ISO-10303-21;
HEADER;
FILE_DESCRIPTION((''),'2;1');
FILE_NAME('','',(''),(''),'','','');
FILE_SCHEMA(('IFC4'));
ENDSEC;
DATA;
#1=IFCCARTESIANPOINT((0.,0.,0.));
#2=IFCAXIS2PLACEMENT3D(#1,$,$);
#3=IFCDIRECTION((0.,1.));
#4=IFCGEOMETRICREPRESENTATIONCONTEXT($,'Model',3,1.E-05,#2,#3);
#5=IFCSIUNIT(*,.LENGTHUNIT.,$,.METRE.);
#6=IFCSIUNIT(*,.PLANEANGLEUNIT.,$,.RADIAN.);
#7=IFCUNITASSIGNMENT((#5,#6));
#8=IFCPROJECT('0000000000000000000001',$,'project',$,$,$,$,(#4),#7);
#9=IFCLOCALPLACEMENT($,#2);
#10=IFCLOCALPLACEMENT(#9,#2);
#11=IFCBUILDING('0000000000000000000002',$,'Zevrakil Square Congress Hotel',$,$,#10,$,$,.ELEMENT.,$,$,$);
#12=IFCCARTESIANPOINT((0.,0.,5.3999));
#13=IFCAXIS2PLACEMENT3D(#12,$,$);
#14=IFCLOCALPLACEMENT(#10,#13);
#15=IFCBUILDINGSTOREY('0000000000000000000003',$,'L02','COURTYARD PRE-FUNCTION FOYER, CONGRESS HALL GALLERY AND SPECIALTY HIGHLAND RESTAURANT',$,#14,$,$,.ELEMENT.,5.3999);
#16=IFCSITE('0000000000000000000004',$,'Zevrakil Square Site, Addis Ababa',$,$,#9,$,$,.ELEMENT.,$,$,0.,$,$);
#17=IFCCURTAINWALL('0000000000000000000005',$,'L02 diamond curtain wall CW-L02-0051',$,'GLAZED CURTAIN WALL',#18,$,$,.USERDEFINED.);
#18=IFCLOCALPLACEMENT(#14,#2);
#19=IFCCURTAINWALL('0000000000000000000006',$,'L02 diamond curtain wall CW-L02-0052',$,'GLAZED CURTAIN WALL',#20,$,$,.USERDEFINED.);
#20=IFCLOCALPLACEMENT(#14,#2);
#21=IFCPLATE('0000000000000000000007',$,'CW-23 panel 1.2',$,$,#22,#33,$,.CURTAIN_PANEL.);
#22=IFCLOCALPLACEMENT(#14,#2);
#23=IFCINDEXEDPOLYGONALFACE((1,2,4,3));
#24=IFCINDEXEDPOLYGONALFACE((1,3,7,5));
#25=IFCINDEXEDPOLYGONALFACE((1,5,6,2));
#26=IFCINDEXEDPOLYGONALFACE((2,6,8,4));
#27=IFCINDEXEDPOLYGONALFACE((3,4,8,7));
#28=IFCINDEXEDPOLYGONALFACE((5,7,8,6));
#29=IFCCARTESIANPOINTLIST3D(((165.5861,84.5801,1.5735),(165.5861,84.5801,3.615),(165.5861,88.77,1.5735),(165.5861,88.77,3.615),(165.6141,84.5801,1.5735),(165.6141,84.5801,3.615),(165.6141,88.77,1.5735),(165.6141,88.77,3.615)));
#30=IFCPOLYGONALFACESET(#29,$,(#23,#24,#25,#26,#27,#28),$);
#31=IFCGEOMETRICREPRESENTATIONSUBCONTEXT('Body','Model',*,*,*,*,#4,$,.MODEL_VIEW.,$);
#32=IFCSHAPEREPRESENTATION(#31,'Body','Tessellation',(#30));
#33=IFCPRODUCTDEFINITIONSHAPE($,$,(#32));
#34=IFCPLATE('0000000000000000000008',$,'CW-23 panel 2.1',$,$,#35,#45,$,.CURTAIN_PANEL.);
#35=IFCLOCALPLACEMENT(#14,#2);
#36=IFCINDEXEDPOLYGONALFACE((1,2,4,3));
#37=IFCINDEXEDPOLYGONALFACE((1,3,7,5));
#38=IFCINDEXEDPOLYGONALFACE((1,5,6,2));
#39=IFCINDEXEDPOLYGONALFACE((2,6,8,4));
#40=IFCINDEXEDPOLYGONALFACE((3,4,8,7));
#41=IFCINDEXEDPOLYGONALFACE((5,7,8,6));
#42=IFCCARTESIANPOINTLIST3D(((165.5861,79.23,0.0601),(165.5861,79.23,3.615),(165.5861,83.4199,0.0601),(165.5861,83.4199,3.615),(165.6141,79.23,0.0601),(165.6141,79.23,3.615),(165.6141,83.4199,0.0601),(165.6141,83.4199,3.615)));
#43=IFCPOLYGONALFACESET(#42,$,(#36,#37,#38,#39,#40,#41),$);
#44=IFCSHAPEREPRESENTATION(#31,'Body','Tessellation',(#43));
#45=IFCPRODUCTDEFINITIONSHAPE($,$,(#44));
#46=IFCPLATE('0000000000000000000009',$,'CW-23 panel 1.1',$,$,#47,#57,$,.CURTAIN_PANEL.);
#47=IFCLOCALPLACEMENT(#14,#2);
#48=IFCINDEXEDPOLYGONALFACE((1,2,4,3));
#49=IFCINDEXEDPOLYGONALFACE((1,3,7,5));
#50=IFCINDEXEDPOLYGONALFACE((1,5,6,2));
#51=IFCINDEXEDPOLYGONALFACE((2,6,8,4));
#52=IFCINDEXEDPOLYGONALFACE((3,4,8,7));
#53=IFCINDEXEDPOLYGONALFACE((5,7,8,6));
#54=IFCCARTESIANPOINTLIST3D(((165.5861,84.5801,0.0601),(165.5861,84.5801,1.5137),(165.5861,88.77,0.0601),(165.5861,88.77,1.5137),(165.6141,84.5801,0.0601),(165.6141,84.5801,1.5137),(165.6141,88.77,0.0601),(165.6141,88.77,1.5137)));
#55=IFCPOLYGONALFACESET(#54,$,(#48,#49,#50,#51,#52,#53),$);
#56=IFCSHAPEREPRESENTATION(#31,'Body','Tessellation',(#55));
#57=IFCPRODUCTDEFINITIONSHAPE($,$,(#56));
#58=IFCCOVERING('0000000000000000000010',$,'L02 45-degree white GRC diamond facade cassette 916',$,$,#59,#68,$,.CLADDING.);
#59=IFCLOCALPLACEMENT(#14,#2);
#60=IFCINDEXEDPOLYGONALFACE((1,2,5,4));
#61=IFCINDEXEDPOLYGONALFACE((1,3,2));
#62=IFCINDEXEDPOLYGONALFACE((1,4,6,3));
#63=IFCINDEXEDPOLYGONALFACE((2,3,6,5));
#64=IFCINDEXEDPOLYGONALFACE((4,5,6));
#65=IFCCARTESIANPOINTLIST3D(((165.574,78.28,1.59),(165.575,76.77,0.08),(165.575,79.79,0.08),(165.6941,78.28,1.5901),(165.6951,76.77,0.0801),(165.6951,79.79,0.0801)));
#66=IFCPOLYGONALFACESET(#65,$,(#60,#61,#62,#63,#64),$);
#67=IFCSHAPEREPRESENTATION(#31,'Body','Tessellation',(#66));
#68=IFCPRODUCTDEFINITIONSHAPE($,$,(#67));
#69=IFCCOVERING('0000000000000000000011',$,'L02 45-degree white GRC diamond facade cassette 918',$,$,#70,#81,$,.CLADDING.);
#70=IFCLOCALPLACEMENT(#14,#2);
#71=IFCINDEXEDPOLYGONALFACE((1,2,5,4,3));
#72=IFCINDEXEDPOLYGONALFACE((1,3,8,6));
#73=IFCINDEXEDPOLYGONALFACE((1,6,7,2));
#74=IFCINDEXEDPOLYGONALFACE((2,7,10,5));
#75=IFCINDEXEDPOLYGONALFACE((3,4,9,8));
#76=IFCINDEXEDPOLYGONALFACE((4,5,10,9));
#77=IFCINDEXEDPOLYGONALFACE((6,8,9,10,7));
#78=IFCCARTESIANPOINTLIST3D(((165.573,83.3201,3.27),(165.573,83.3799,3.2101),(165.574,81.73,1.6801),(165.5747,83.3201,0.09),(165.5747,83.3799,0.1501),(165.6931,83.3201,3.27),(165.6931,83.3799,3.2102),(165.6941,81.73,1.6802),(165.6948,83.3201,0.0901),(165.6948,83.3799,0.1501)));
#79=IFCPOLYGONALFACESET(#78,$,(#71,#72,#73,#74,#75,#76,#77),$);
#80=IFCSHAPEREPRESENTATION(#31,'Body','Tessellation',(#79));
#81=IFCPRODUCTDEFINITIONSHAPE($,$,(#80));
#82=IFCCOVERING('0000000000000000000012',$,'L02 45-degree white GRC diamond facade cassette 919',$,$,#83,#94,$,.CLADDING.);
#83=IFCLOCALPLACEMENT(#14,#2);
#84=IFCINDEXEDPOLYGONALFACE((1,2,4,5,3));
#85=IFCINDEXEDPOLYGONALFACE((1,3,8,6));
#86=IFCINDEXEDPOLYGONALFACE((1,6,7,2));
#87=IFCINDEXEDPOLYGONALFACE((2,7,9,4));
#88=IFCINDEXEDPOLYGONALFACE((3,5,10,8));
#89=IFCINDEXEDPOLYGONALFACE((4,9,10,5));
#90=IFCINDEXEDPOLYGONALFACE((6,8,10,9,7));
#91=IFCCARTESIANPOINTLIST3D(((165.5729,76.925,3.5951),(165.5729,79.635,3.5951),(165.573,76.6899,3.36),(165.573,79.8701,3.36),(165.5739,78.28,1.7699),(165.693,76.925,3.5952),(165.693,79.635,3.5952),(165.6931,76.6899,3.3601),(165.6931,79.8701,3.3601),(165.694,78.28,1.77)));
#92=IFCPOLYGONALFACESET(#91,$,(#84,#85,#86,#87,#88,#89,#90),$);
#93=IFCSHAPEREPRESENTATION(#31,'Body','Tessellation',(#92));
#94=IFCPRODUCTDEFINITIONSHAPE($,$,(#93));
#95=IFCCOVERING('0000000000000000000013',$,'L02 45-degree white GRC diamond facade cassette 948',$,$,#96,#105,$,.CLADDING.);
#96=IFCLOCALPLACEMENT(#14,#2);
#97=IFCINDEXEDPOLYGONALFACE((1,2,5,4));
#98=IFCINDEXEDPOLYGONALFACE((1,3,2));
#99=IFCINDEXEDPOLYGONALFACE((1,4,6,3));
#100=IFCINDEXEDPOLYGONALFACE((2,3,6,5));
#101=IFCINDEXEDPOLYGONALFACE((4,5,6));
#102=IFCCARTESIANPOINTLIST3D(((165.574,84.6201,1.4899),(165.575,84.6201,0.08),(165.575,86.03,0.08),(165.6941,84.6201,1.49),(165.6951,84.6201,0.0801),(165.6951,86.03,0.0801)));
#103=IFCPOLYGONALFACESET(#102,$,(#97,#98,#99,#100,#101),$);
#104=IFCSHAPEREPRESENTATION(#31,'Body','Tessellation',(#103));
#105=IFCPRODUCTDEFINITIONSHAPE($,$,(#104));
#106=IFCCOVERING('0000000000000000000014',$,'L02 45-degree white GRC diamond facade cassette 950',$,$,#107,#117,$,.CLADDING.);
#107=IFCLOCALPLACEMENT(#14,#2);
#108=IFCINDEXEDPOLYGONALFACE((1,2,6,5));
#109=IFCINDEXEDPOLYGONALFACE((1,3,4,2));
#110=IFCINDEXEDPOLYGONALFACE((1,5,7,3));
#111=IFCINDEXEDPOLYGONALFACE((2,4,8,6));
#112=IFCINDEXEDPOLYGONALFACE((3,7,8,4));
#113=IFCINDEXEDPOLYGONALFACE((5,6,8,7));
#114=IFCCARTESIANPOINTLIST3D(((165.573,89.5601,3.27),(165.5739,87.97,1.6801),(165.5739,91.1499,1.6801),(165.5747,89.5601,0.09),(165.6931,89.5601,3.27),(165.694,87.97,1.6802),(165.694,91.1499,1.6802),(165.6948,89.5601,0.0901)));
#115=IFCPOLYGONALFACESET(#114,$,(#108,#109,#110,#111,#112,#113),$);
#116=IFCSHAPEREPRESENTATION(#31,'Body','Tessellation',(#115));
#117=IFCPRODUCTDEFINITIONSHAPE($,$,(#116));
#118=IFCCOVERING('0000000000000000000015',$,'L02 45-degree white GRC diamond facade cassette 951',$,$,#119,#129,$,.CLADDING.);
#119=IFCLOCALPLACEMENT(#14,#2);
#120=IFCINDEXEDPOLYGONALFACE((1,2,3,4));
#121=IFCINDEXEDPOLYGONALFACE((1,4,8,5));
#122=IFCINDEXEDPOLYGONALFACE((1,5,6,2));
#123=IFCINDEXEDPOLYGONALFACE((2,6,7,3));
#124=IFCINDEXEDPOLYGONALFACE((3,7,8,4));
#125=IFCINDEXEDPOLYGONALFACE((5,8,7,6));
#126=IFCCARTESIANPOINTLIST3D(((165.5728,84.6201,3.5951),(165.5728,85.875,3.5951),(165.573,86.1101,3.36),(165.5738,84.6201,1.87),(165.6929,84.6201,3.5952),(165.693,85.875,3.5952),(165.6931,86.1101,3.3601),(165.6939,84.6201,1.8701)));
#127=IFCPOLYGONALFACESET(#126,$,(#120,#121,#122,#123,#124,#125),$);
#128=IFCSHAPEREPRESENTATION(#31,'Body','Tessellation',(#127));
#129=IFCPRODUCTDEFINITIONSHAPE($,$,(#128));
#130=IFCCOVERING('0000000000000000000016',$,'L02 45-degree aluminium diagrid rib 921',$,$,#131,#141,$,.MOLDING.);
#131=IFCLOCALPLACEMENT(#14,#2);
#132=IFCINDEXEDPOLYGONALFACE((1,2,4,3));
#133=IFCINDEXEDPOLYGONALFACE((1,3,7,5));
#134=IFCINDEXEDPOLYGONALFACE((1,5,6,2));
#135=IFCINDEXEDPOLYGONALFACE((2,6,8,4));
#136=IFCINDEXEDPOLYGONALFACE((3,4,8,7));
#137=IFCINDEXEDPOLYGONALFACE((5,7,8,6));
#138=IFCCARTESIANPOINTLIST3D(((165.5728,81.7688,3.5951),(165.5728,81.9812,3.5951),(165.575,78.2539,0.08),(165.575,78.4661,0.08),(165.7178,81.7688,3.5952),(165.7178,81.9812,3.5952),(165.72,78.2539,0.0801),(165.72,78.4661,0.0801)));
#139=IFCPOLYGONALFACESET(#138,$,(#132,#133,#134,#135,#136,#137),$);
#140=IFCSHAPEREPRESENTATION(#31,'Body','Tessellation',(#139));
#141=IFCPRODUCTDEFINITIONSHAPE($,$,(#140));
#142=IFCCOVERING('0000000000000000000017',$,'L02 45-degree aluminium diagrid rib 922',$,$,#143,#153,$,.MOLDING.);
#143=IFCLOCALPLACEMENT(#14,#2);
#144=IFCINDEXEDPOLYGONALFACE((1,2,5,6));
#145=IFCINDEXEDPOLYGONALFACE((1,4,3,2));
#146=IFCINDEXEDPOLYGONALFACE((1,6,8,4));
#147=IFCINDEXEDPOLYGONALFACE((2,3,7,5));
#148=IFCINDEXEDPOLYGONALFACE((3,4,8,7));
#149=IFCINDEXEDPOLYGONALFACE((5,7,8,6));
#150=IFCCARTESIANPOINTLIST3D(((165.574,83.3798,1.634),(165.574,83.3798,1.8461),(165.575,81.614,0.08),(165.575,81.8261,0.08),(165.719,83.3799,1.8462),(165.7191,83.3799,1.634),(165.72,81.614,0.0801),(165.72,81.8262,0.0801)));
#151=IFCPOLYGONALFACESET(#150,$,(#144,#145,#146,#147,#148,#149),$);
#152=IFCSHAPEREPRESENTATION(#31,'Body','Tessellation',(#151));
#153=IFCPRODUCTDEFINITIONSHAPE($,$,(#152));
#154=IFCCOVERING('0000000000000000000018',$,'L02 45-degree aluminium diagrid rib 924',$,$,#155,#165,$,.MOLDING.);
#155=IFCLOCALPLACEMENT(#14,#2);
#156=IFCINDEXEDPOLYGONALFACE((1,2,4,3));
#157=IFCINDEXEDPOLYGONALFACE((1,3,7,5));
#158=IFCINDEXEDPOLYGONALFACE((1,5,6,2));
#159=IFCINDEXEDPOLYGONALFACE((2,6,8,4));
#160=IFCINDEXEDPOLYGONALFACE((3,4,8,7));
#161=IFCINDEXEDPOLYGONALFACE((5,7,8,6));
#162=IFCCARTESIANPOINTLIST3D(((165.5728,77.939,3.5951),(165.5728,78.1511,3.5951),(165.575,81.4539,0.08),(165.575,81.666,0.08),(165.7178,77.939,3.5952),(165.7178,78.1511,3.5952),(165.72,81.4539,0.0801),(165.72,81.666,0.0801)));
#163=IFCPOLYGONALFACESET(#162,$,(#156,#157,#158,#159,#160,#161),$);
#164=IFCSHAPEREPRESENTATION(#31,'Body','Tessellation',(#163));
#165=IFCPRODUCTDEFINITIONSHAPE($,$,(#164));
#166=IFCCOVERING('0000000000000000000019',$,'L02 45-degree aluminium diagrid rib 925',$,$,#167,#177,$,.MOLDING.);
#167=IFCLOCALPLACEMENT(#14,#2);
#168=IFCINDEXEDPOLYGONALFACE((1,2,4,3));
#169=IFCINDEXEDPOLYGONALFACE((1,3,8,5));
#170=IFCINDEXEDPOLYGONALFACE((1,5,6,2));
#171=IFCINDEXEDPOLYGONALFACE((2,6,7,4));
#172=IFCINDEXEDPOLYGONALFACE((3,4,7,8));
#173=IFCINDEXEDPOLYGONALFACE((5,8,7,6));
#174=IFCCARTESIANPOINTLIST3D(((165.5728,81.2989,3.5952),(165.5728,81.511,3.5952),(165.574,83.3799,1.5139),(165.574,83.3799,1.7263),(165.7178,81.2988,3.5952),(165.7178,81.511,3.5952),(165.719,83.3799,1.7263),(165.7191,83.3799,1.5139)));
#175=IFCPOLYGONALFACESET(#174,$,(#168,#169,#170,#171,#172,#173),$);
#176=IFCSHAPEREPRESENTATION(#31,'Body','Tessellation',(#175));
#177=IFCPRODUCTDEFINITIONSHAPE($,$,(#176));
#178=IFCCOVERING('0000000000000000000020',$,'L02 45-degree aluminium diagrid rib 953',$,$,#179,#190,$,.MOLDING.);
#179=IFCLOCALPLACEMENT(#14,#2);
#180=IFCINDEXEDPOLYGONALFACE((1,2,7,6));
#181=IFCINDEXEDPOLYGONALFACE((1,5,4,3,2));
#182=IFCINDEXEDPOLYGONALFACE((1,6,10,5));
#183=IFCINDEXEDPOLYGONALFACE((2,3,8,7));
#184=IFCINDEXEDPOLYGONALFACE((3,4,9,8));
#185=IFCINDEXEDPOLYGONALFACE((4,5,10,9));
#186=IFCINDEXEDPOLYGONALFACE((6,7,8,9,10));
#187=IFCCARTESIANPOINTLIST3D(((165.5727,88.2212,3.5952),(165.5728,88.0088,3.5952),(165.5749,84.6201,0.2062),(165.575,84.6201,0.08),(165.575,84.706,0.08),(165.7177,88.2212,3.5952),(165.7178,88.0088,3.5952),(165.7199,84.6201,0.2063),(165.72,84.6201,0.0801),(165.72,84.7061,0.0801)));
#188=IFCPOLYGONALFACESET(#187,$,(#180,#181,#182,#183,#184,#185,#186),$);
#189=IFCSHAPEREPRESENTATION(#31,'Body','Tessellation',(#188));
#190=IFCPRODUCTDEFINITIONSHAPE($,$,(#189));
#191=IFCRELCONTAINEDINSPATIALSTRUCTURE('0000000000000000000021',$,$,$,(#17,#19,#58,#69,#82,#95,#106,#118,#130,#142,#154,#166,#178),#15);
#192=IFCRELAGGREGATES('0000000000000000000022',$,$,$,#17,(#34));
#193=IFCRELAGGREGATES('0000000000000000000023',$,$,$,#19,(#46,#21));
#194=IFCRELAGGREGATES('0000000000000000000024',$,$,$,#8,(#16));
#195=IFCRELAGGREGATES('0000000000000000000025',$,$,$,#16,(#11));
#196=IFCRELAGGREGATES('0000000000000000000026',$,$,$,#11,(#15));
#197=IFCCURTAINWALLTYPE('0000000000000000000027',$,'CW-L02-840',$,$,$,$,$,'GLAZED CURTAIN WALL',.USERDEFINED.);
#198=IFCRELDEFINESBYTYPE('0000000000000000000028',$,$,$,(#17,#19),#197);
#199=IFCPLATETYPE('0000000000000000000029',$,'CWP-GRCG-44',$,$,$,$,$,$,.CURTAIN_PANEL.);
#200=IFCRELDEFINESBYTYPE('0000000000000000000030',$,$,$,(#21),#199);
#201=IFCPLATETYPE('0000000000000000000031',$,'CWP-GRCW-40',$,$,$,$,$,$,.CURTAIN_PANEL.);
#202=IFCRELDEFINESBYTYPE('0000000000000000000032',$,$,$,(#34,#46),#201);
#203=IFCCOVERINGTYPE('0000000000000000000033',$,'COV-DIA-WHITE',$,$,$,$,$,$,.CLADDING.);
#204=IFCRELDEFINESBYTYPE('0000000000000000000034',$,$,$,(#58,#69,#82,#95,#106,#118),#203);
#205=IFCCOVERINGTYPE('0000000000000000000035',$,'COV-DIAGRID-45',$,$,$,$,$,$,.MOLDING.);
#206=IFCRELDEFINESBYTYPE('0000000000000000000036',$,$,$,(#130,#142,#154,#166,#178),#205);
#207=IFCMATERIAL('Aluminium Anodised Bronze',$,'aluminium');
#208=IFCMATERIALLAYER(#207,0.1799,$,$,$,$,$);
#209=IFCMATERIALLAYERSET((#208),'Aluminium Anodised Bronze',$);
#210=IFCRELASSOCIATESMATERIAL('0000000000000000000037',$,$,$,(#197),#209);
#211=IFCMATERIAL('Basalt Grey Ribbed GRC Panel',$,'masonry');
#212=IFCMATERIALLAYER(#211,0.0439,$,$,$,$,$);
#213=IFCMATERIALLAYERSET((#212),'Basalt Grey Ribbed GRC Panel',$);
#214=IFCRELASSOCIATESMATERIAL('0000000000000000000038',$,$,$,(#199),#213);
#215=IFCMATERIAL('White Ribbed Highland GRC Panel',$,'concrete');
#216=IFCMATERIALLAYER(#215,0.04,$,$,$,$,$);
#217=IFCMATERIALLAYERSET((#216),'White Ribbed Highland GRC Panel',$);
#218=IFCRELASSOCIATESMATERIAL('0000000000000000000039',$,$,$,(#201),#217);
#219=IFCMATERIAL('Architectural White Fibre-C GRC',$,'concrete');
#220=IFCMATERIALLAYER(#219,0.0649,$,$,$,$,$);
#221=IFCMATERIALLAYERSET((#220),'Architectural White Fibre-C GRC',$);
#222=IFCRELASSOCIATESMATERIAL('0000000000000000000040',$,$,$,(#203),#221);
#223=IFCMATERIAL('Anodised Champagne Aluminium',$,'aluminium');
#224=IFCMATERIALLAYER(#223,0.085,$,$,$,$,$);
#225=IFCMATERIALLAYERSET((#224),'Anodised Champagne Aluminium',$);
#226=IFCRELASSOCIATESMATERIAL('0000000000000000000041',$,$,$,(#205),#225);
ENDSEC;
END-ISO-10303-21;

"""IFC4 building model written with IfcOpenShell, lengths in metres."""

from ifc_helpers import new_model, si_unit, direction, frame, origin, origin_2d, place, context, subcontext, project, spatial, polyline, rectangle, outline, extrude, material, layer, layer_set, type_object, element, aggregate, save


model = new_model("IFC4")

# Units and contexts
model_context = context("Model", 3, precision=1e-05, world=origin(), true_north=direction((0.0, 1.0)))
body_context = subcontext(model_context, "Body", "Model", "MODEL_VIEW")
ifc_project = project(units=[si_unit("LENGTHUNIT", "METRE"), si_unit("PLANEANGLEUNIT", "RADIAN")], contexts=[model_context])

# Site, building, storey
site_placement = place(None, origin())
site = spatial("IfcSite", under=ifc_project, at=site_placement, Name="Zevrakil Square Site, Addis Ababa", CompositionType="ELEMENT", RefElevation=0.0)
building_placement = place(site_placement, origin())
building = spatial("IfcBuilding", under=site, at=building_placement, Name="Zevrakil Square Congress Hotel", CompositionType="ELEMENT")
storey_placement = place(building_placement, frame((0.0, 0.0, 5.3999)))
storey = spatial("IfcBuildingStorey", under=building, at=storey_placement, Name="L02", Description="COURTYARD PRE-FUNCTION FOYER, CONGRESS HALL GALLERY AND SPECIALTY HIGHLAND RESTAURANT", CompositionType="ELEMENT", Elevation=5.3999)

# Curtain walls
ifc_material_1 = material(Name="Aluminium Anodised Bronze", Category="aluminium")
ifc_layer_1 = layer(ifc_material_1, 0.1799)
ifc_layer_set_1 = layer_set([ifc_layer_1], Name="Aluminium Anodised Bronze")
curtain_wall_type = type_object("IfcCurtainWallType", Name="CW-L02-840", ElementType="GLAZED CURTAIN WALL", PredefinedType="USERDEFINED", material=ifc_layer_set_1)
curtain_wall_1_placement = place(storey_placement, origin())
curtain_wall_1 = element("IfcCurtainWall", 1, at=curtain_wall_1_placement, inside=storey, type_object=curtain_wall_type, Name="L02 diamond curtain wall CW-L02-0051", ObjectType="GLAZED CURTAIN WALL", PredefinedType="USERDEFINED")
curtain_wall_2_placement = place(storey_placement, origin())
curtain_wall_2 = element("IfcCurtainWall", 2, at=curtain_wall_2_placement, inside=storey, type_object=curtain_wall_type, Name="L02 diamond curtain wall CW-L02-0052", ObjectType="GLAZED CURTAIN WALL", PredefinedType="USERDEFINED")

# Plates
ifc_material_2 = material(Name="Basalt Grey Ribbed GRC Panel", Category="masonry")
ifc_layer_2 = layer(ifc_material_2, 0.0439)
ifc_layer_set_2 = layer_set([ifc_layer_2], Name="Basalt Grey Ribbed GRC Panel")
plate_type_1 = type_object("IfcPlateType", Name="CWP-GRCG-44", PredefinedType="CURTAIN_PANEL", material=ifc_layer_set_2)
plate_1_placement = place(storey_placement, frame((165.6001, 86.675, 1.5735), z_axis=(0.0, 0.0, 1.0), x_axis=(0.0, 1.0, 0.0)))
plate_1 = element("IfcPlate", 3, at=plate_1_placement, type_object=plate_type_1, Name="CW-23 panel 1.2", PredefinedType="CURTAIN_PANEL", context=body_context, shape_type="SweptSolid", body=[
    extrude(rectangle(XDim=4.1899, YDim=0.0281, at=origin_2d()), origin(), (0.0, 0.0, 1.0), 2.0415),
])
ifc_material_3 = material(Name="White Ribbed Highland GRC Panel", Category="concrete")
ifc_layer_3 = layer(ifc_material_3, 0.04)
ifc_layer_set_3 = layer_set([ifc_layer_3], Name="White Ribbed Highland GRC Panel")
plate_type_2 = type_object("IfcPlateType", Name="CWP-GRCW-40", PredefinedType="CURTAIN_PANEL", material=ifc_layer_set_3)
plate_2_placement = place(storey_placement, frame((165.6001, 81.325, 0.0601), z_axis=(0.0, 0.0, 1.0), x_axis=(0.0, 1.0, 0.0)))
plate_2 = element("IfcPlate", 4, at=plate_2_placement, type_object=plate_type_2, Name="CW-23 panel 2.1", PredefinedType="CURTAIN_PANEL", context=body_context, shape_type="SweptSolid", body=[
    extrude(rectangle(XDim=4.1899, YDim=0.0281, at=origin_2d()), origin(), (0.0, 0.0, 1.0), 3.5549),
])
aggregate(curtain_wall_1, [plate_2])
plate_3_placement = place(storey_placement, frame((165.6001, 86.675, 0.0601), z_axis=(0.0, 0.0, 1.0), x_axis=(0.0, 1.0, 0.0)))
plate_3 = element("IfcPlate", 5, at=plate_3_placement, type_object=plate_type_2, Name="CW-23 panel 1.1", PredefinedType="CURTAIN_PANEL", context=body_context, shape_type="SweptSolid", body=[
    extrude(rectangle(XDim=4.1899, YDim=0.0281, at=origin_2d()), origin(), (0.0, 0.0, 1.0), 1.4536),
])
aggregate(curtain_wall_2, [plate_3, plate_1])

# Coverings
ifc_material_4 = material(Name="Architectural White Fibre-C GRC", Category="concrete")
ifc_layer_4 = layer(ifc_material_4, 0.0649)
ifc_layer_set_4 = layer_set([ifc_layer_4], Name="Architectural White Fibre-C GRC")
covering_type_1 = type_object("IfcCoveringType", Name="COV-DIA-WHITE", PredefinedType="CLADDING", material=ifc_layer_set_4)
covering_1_placement = place(storey_placement, frame((165.6941, 78.28, 1.5901), z_axis=(1.0, 0.0, 0.000647), x_axis=(0.000457, 0.707107, -0.707107)))
element("IfcCovering", 6, at=covering_1_placement, inside=storey, type_object=covering_type_1, Name="L02 45-degree white GRC diamond facade cassette 916", PredefinedType="CLADDING", context=body_context, shape_type="SweptSolid", body=[
    extrude(outline(polyline([(0.0, 0.0), (2.1355, 0.0), (0.0, -2.1355), (0.0, 0.0)])), origin(), (0.0, 0.0, -1.0), 0.1201),
])
covering_2_placement = place(storey_placement, frame((165.6948, 83.3201, 0.0901), z_axis=(1.0, 0.000071, 0.000538), x_axis=(-0.00033, -0.707107, 0.707107)))
element("IfcCovering", 7, at=covering_2_placement, inside=storey, type_object=covering_type_1, Name="L02 45-degree white GRC diamond facade cassette 918", PredefinedType="CLADDING", context=body_context, shape_type="SweptSolid", body=[
    extrude(outline(polyline([(0.0, 0.0), (2.2487, 0.0), (2.2486, -2.2486), (2.164, -2.2486), (0.0002, -0.0848), (0.0, 0.0)])), origin(), (0.0, 0.0, -1.0), 0.1201),
])
covering_3_placement = place(storey_placement, frame((165.6931, 79.8701, 3.3601), z_axis=(1.0, 0.0, 0.000585), x_axis=(0.000414, -0.707107, -0.707107)))
element("IfcCovering", 8, at=covering_3_placement, inside=storey, type_object=covering_type_1, Name="L02 45-degree white GRC diamond facade cassette 919", PredefinedType="CLADDING", context=body_context, shape_type="SweptSolid", body=[
    extrude(outline(polyline([(0.0, 0.0), (2.2487, 0.0), (2.2487, -2.2487), (1.9162, -2.2487), (0.0, -0.3325), (0.0, 0.0)])), origin(), (0.0, 0.0, -1.0), 0.1201),
])
covering_4_placement = place(storey_placement, frame((165.6951, 86.03, 0.0801), z_axis=(1.0, 0.0, 0.000693), x_axis=(0.0, -1.0, 0.0)))
element("IfcCovering", 9, at=covering_4_placement, inside=storey, type_object=covering_type_1, Name="L02 45-degree white GRC diamond facade cassette 948", PredefinedType="CLADDING", context=body_context, shape_type="SweptSolid", body=[
    extrude(outline(polyline([(0.0, 0.0), (1.4099, 0.0), (1.4099, -1.4099), (0.0, 0.0)])), origin(), (0.0, 0.0, -1.0), 0.1201),
])
covering_5_placement = place(storey_placement, frame((165.6931, 89.5601, 3.27), z_axis=(1.0, 0.0, 0.000537), x_axis=(0.00038, 0.707107, -0.707107)))
element("IfcCovering", 10, at=covering_5_placement, inside=storey, type_object=covering_type_1, Name="L02 45-degree white GRC diamond facade cassette 950", PredefinedType="CLADDING", context=body_context, shape_type="SweptSolid", body=[
    extrude(outline(polyline([(0.0, 0.0), (2.2484, 0.0), (2.2486, -2.2486), (-0.0002, -2.2486), (0.0, 0.0)])), origin(), (0.0, 0.0, -1.0), 0.1201),
])
covering_6_placement = place(storey_placement, frame((165.6931, 86.1101, 3.3601), z_axis=(1.0, -0.000067, 0.000615), x_axis=(0.000387, -0.707107, -0.707107)))
element("IfcCovering", 11, at=covering_6_placement, inside=storey, type_object=covering_type_1, Name="L02 45-degree white GRC diamond facade cassette 951", PredefinedType="CLADDING", context=body_context, shape_type="SweptSolid", body=[
    extrude(outline(polyline([(0.0, 0.0), (2.1072, 0.0), (0.8873, -1.2198), (0.0, -0.3325), (0.0, 0.0)])), origin(), (0.0, 0.0, -1.0), 0.1201),
])
ifc_material_5 = material(Name="Anodised Champagne Aluminium", Category="aluminium")
ifc_layer_5 = layer(ifc_material_5, 0.085)
ifc_layer_set_5 = layer_set([ifc_layer_5], Name="Anodised Champagne Aluminium")
covering_type_2 = type_object("IfcCoveringType", Name="COV-DIAGRID-45", PredefinedType="MOLDING", material=ifc_layer_set_5)
covering_7_placement = place(storey_placement, frame((165.72, 78.4661, 0.0801), z_axis=(1.0, 0.0, 0.000625), x_axis=(0.0, -1.0, 0.0)))
element("IfcCovering", 12, at=covering_7_placement, inside=storey, type_object=covering_type_2, Name="L02 45-degree aluminium diagrid rib 921", PredefinedType="MOLDING", context=body_context, shape_type="SweptSolid", body=[
    extrude(outline(polyline([(0.0, 0.0), (0.2122, 0.0), (-3.3027, -3.5151), (-3.5151, -3.5151), (0.0, 0.0)])), origin(), (0.0, 0.0, -1.0), 0.145),
])
covering_8_placement = place(storey_placement, frame((165.72, 81.8262, 0.0801), z_axis=(1.0, 0.000294, 0.000294), x_axis=(0.000294, -1.0, 0.0)))
element("IfcCovering", 13, at=covering_8_placement, inside=storey, type_object=covering_type_2, Name="L02 45-degree aluminium diagrid rib 922", PredefinedType="MOLDING", context=body_context, shape_type="SweptSolid", body=[
    extrude(outline(polyline([(0.0, 0.0), (0.2122, 0.0), (-1.5537, -1.7661), (-1.5537, -1.554), (0.0, 0.0)])), origin(), (0.0, 0.0, -1.0), 0.145),
])
covering_9_placement = place(storey_placement, frame((165.7178, 77.939, 3.5952), z_axis=(1.0, 0.0, 0.000625), x_axis=(0.0, 1.0, 0.0)))
element("IfcCovering", 14, at=covering_9_placement, inside=storey, type_object=covering_type_2, Name="L02 45-degree aluminium diagrid rib 924", PredefinedType="MOLDING", context=body_context, shape_type="SweptSolid", body=[
    extrude(outline(polyline([(0.0, 0.0), (0.2122, 0.0), (3.7271, -3.5151), (3.5149, -3.5151), (0.0, 0.0)])), origin(), (0.0, 0.0, -1.0), 0.145),
])
covering_10_placement = place(storey_placement, frame((165.7178, 81.2988, 3.5952), z_axis=(1.0, -0.000309, 0.000309), x_axis=(0.000309, 1.0, 0.0)))
element("IfcCovering", 15, at=covering_10_placement, inside=storey, type_object=covering_type_2, Name="L02 45-degree aluminium diagrid rib 925", PredefinedType="MOLDING", context=body_context, shape_type="SweptSolid", body=[
    extrude(outline(polyline([(0.0, 0.0), (0.2122, 0.0), (2.0811, -1.8689), (2.0811, -2.0813), (0.0, 0.0)])), origin(), (0.0, 0.0, -1.0), 0.145),
])
covering_11_placement = place(storey_placement, frame((165.72, 84.7061, 0.0801), z_axis=(1.0, 0.000188, 0.000444), x_axis=(0.000188, -1.0, 0.0)))
element("IfcCovering", 16, at=covering_11_placement, inside=storey, type_object=covering_type_2, Name="L02 45-degree aluminium diagrid rib 953", PredefinedType="MOLDING", context=body_context, shape_type="SweptSolid", body=[
    extrude(outline(polyline([(0.0, 0.0), (0.0859, 0.0), (0.0859, -0.1262), (-3.3027, -3.5151), (-3.5151, -3.5151), (0.0, 0.0)])), origin(), (0.0, 0.0, -1.0), 0.145),
])

save(model, "model.ifc")
